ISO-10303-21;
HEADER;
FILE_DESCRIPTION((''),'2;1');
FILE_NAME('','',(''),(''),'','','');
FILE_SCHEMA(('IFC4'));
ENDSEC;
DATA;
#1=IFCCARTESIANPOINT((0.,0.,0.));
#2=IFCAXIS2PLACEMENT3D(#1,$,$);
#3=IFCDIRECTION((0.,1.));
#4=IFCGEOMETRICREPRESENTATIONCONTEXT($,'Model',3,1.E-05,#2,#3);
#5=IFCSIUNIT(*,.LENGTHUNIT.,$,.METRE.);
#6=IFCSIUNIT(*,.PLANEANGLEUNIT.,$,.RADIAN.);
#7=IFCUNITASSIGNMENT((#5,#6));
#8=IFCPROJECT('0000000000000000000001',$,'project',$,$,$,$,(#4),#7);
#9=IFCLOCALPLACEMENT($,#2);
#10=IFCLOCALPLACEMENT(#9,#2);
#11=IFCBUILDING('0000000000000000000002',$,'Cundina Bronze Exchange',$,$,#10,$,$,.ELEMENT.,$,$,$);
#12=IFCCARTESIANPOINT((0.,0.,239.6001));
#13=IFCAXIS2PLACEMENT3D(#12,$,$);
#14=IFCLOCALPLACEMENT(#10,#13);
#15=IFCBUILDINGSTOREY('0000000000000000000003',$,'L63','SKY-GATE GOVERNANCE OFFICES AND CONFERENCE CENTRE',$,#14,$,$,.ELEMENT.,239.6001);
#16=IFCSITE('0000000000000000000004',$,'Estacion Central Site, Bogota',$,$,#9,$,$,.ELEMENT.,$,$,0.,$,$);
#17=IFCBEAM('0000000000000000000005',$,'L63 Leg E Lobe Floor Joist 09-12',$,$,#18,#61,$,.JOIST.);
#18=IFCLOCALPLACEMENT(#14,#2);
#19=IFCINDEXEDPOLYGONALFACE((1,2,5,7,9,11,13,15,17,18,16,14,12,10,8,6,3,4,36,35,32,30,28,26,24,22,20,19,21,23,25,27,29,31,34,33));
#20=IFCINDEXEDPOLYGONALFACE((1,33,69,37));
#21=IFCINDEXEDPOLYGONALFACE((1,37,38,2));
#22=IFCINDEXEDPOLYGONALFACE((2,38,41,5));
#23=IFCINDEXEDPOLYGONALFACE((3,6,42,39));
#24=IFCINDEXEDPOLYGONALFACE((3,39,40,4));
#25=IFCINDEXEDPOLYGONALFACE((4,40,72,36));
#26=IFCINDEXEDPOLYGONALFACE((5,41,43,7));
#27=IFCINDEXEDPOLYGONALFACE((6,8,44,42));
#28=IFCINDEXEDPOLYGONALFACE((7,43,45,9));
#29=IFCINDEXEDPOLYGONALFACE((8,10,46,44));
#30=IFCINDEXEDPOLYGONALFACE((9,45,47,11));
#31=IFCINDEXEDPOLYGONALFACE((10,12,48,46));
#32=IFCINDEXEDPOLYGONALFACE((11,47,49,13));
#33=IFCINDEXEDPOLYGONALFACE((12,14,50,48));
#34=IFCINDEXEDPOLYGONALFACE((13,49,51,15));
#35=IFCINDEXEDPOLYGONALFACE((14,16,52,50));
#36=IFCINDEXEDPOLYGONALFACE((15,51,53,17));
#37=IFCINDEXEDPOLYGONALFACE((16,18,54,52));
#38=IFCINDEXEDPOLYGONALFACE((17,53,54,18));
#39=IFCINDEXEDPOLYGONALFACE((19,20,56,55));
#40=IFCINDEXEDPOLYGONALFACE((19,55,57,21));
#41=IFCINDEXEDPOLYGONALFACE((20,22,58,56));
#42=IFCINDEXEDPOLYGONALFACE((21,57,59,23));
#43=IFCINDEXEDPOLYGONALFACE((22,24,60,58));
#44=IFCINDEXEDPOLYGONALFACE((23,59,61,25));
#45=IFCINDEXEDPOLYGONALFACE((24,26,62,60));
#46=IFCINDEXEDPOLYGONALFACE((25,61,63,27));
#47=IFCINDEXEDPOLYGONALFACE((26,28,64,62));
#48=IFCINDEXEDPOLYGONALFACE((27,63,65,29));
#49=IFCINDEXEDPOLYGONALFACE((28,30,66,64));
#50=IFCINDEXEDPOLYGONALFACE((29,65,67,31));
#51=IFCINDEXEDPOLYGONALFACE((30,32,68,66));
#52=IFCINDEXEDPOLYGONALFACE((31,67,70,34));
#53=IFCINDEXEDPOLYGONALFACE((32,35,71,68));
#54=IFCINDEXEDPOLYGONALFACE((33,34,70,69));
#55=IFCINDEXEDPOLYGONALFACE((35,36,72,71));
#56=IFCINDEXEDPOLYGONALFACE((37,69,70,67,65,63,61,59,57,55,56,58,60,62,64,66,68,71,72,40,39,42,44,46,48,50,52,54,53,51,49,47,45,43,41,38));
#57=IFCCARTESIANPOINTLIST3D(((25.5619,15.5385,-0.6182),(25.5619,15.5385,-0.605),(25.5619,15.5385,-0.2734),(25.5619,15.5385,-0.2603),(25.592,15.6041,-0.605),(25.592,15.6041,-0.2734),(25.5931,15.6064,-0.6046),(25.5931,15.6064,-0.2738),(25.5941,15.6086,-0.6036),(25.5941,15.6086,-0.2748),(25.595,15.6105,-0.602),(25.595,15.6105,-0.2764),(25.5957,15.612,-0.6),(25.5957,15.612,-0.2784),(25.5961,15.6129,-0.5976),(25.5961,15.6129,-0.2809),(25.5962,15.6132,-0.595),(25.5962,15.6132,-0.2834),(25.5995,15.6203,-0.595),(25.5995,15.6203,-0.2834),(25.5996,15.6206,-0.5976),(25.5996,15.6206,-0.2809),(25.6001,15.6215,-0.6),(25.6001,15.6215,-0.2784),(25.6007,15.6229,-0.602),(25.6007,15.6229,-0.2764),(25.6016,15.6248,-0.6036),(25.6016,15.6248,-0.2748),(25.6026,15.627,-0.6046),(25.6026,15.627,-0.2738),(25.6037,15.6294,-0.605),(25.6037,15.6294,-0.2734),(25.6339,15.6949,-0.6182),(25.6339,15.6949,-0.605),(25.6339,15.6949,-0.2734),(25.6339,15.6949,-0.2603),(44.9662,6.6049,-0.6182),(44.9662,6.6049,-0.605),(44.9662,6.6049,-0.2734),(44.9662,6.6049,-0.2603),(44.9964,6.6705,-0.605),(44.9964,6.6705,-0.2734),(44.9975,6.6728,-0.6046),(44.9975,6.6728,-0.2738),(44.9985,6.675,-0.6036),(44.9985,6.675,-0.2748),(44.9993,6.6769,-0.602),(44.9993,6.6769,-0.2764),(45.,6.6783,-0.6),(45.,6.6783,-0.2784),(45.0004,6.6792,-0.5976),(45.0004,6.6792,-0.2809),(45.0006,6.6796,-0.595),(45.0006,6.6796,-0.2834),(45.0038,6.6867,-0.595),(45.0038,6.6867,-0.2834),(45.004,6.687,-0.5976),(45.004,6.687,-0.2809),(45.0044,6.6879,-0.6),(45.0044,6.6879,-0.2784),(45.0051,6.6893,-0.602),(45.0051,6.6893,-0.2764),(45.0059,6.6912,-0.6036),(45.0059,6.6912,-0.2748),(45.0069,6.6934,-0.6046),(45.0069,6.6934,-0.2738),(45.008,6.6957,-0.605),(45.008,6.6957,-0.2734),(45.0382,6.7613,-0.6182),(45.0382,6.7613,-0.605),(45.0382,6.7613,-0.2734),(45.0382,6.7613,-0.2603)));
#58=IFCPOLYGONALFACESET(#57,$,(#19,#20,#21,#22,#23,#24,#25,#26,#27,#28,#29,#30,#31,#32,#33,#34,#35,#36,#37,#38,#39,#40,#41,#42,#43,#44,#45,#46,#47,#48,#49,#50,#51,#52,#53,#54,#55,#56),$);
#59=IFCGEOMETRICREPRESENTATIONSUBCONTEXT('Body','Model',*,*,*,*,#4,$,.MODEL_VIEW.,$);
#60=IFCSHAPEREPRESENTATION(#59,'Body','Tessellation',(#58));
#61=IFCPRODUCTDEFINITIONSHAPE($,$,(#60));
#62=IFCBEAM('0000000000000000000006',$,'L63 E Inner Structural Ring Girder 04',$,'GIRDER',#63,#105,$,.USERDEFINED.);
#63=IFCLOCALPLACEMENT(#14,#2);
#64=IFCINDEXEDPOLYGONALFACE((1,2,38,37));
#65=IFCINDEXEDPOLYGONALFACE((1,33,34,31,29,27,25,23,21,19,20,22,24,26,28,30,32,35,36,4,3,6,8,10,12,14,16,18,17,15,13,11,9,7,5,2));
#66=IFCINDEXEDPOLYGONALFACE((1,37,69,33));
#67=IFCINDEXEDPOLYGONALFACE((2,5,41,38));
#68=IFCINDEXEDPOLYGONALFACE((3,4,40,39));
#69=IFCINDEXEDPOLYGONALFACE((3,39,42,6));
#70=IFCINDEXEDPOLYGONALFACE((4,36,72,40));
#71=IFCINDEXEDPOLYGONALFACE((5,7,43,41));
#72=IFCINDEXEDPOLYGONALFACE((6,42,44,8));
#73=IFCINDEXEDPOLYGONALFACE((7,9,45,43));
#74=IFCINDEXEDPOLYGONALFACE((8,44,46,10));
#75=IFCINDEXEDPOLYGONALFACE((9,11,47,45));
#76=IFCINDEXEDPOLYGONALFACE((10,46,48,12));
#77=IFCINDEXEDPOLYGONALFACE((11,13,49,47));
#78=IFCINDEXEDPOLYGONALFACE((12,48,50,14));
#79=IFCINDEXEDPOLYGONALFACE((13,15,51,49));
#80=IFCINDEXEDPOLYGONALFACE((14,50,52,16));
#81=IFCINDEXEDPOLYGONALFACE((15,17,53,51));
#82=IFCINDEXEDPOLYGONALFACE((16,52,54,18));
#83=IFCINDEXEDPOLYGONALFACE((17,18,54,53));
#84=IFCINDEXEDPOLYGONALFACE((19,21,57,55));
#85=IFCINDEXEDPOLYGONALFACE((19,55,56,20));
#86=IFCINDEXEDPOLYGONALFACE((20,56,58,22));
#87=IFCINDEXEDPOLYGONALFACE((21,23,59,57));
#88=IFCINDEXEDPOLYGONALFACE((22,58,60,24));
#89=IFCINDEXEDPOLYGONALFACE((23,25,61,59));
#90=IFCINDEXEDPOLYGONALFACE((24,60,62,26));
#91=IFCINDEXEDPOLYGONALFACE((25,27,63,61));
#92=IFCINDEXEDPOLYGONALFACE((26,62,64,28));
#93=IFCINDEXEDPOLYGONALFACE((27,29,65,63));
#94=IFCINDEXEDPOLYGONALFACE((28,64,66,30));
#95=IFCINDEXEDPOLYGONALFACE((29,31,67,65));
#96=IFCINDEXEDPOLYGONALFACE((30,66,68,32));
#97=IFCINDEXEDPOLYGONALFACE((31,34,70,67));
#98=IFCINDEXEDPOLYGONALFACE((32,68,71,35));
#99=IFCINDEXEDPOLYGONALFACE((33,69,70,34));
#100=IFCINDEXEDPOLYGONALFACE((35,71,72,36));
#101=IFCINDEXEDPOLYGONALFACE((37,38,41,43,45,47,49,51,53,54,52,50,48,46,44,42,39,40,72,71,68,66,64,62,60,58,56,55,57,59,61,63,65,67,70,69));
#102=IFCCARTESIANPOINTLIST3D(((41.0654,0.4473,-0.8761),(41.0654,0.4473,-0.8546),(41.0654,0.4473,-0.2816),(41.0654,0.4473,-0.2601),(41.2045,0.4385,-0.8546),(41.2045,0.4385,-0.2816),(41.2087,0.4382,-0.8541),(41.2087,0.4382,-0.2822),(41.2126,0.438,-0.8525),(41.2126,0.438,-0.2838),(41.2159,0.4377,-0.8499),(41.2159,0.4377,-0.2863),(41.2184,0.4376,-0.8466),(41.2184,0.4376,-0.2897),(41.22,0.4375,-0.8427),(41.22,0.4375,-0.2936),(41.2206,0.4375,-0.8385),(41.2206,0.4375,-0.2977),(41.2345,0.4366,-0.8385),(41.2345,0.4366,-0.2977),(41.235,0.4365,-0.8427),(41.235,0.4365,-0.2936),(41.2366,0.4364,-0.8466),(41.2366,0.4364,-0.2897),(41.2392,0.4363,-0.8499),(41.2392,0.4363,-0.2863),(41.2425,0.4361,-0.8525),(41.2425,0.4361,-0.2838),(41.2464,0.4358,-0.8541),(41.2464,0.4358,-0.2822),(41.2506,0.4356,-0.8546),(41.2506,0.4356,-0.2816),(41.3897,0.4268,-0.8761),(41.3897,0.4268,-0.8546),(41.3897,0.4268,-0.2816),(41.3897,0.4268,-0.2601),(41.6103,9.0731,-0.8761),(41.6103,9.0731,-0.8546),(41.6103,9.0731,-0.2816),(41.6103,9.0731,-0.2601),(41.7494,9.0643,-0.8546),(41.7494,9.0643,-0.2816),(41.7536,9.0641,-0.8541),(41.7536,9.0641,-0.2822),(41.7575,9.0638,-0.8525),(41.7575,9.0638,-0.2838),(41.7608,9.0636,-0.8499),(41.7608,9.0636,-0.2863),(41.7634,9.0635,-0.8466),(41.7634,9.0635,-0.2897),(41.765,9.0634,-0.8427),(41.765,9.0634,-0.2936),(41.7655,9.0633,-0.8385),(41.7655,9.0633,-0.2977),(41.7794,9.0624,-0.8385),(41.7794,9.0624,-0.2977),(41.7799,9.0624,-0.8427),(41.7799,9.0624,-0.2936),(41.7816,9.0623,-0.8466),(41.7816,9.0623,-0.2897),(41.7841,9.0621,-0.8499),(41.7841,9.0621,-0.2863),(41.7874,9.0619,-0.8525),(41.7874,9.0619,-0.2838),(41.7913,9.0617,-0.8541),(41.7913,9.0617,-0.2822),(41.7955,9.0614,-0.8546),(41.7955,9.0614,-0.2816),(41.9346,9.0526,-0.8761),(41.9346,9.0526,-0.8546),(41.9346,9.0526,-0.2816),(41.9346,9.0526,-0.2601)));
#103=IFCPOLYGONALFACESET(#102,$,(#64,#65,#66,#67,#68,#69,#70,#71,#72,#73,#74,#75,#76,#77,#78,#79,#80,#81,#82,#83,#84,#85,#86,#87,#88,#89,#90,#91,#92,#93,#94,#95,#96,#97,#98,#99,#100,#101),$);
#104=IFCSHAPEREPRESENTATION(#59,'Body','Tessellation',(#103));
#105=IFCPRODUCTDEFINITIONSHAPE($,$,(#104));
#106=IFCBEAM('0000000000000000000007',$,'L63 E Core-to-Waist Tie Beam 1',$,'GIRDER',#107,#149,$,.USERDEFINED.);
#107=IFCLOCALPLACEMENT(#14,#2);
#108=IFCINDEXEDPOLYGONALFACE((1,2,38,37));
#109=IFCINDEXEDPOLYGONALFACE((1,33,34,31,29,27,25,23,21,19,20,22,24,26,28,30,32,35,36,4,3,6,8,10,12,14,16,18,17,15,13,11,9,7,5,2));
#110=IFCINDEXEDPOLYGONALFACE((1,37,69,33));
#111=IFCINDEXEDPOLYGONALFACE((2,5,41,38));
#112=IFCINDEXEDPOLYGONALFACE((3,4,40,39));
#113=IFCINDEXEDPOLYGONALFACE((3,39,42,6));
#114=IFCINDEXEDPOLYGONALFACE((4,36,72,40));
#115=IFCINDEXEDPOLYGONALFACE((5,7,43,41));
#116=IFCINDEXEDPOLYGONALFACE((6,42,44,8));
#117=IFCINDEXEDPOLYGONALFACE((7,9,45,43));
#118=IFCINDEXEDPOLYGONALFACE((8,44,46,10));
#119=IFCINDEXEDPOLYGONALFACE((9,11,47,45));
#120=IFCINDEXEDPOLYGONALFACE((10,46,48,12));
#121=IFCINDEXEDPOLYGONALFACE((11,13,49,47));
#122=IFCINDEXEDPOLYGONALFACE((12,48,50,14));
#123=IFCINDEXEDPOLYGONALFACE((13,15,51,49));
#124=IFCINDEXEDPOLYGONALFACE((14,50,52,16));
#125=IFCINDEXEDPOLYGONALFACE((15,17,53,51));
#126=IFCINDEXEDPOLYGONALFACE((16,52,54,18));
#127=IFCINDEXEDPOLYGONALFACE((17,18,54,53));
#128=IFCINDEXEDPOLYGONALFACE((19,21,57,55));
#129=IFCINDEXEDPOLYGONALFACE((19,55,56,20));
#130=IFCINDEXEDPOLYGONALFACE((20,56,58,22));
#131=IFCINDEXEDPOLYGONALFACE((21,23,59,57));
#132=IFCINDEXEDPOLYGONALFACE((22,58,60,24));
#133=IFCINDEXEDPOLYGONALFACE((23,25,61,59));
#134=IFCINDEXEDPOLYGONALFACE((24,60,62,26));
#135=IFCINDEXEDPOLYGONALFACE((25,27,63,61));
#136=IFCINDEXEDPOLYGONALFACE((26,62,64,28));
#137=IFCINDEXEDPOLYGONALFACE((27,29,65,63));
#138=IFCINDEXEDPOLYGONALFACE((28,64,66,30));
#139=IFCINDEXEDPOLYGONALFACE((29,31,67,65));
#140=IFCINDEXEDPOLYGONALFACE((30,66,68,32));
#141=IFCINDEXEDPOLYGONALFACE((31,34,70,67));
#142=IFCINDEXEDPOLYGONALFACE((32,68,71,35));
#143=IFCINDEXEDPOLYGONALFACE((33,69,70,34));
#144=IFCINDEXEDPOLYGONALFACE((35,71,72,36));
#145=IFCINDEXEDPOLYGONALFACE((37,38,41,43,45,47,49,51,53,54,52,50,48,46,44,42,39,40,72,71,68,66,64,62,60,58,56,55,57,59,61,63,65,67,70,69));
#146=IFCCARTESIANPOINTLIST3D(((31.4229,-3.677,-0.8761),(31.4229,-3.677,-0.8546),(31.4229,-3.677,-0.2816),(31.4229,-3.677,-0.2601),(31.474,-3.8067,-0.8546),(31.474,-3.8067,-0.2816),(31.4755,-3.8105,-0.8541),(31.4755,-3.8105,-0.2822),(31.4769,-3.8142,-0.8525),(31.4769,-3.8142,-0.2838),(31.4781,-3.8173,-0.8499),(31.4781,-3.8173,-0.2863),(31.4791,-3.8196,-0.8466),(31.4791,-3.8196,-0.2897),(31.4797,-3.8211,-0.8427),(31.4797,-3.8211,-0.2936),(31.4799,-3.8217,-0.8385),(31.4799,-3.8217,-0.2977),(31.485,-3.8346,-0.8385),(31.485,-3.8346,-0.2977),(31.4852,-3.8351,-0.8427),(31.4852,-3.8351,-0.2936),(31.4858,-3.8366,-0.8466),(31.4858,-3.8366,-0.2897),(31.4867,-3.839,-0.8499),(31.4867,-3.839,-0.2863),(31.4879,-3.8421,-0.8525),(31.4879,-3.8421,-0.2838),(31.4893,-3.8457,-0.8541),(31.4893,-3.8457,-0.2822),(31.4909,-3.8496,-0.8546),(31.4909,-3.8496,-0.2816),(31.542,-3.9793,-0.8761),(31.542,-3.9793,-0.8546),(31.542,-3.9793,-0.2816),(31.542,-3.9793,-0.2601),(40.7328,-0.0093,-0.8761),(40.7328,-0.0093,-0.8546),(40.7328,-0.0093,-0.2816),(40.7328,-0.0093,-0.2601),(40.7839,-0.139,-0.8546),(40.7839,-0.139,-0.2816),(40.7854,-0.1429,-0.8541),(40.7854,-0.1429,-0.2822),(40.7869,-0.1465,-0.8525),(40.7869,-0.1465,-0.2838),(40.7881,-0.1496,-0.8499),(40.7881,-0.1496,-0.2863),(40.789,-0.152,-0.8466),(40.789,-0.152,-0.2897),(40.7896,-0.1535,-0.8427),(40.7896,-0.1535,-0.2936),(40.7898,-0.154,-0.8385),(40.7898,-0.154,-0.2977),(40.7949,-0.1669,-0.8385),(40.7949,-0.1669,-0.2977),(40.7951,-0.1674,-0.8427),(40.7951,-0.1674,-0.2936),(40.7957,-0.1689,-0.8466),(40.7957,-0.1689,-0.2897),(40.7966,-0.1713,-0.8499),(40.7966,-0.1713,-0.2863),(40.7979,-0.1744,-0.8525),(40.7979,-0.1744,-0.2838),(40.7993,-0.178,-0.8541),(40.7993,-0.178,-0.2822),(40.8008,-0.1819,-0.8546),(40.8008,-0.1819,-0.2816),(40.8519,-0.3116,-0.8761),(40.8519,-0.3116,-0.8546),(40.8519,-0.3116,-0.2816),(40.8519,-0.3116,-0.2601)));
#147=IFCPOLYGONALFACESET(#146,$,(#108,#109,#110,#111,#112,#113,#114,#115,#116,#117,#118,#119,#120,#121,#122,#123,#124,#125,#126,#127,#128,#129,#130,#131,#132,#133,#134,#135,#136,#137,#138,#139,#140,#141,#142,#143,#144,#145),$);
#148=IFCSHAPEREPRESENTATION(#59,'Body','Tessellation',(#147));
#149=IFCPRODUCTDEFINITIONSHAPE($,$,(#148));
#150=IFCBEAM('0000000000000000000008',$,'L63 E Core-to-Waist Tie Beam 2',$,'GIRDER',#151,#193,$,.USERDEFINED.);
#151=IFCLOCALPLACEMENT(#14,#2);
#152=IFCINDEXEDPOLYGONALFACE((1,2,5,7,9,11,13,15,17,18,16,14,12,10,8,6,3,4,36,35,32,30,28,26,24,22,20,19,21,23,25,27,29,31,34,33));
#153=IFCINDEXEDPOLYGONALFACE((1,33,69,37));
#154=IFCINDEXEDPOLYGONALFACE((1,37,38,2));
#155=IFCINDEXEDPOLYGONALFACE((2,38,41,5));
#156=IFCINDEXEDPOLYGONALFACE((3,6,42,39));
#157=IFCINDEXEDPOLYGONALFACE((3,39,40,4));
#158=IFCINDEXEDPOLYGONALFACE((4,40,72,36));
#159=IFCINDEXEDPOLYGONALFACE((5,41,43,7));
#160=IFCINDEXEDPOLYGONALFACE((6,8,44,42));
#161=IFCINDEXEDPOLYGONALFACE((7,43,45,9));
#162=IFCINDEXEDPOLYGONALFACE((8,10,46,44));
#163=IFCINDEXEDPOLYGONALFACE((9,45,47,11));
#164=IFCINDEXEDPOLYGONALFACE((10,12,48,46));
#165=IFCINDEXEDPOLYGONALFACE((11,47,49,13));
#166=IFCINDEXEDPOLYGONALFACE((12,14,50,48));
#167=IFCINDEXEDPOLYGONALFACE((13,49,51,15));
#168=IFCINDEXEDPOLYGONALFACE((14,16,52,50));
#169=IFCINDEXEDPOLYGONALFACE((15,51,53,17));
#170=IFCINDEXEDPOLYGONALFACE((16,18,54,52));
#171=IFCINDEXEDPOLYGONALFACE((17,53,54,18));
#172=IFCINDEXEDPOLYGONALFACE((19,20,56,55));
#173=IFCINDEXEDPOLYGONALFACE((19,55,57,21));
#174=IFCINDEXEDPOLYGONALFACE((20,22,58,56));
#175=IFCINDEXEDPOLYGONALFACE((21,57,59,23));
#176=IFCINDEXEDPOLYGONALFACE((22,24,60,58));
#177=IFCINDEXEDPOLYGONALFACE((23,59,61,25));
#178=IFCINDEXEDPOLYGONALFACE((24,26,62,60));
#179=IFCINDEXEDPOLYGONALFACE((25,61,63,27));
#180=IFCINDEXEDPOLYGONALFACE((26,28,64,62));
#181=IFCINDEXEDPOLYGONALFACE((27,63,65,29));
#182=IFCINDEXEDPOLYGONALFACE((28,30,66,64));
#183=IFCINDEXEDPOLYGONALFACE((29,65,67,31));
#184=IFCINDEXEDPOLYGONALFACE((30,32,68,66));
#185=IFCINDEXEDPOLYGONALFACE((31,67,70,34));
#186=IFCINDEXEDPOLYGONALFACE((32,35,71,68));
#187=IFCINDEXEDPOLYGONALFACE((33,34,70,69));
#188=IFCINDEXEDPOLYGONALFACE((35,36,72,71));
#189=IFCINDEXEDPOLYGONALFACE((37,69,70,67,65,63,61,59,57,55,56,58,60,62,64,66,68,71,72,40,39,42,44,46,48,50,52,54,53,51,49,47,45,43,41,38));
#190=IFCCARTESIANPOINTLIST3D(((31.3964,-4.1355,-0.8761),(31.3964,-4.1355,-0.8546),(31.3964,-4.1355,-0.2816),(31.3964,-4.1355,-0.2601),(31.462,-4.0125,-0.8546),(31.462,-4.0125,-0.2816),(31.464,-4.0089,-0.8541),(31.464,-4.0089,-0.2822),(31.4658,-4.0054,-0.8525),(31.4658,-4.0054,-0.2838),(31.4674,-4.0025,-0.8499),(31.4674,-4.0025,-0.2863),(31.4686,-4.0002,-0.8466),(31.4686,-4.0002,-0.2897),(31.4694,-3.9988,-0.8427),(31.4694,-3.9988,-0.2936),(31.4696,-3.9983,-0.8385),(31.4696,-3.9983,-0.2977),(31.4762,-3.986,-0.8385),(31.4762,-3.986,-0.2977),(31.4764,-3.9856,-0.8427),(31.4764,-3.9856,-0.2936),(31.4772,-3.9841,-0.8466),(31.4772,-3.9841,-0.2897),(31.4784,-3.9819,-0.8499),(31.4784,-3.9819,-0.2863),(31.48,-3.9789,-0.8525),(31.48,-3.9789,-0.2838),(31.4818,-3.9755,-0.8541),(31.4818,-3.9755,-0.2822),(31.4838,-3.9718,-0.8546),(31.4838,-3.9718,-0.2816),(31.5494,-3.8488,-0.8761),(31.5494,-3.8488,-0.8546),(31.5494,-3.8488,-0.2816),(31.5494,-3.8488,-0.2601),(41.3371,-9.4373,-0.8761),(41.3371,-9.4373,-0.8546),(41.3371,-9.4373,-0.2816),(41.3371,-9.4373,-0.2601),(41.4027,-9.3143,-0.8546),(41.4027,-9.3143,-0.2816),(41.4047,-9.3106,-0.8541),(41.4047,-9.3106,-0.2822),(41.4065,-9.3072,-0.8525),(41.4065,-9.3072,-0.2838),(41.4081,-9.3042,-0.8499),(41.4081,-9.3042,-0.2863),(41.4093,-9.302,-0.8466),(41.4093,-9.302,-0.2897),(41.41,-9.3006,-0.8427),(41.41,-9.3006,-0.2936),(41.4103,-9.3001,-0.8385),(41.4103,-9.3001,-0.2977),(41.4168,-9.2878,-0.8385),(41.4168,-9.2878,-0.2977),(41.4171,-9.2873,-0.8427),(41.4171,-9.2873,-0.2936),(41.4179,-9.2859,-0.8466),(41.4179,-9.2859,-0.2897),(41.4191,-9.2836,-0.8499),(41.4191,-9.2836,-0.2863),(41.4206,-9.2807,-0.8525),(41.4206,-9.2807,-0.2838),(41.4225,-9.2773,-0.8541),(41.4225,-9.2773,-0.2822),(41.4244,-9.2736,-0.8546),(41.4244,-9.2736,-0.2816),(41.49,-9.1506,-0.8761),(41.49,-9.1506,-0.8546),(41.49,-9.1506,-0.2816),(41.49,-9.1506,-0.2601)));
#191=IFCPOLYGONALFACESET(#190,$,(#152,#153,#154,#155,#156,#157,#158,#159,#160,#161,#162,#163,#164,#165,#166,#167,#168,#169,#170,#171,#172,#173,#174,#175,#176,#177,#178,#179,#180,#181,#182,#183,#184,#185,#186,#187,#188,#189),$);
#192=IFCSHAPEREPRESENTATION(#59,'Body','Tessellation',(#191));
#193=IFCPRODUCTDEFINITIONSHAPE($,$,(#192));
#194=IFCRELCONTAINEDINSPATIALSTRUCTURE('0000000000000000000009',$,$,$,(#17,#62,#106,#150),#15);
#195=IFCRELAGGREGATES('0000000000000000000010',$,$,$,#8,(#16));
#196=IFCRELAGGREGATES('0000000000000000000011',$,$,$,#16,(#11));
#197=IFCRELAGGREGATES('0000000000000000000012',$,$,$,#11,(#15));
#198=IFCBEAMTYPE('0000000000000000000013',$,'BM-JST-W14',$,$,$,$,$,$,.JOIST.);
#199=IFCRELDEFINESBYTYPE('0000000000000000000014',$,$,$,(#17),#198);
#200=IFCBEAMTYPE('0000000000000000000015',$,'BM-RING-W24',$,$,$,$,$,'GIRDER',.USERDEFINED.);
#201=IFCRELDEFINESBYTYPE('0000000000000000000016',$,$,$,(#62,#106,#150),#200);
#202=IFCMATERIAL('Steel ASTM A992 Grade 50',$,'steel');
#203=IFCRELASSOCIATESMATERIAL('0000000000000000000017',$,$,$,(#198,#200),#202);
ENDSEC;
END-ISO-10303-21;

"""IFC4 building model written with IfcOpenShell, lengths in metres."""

from ifc_helpers import new_model, si_unit, direction, frame, origin, origin_2d, place, context, subcontext, project, spatial, i_section, extrude, material, material_profile, profile_set, type_object, element, save


model = new_model("IFC4")

# Units and contexts
model_context = context("Model", 3, precision=1e-05, world=origin(), true_north=direction((0.0, 1.0)))
body_context = subcontext(model_context, "Body", "Model", "MODEL_VIEW")
ifc_project = project(units=[si_unit("LENGTHUNIT", "METRE"), si_unit("PLANEANGLEUNIT", "RADIAN")], contexts=[model_context])

# Site, building, storey
site_placement = place(None, origin())
site = spatial("IfcSite", under=ifc_project, at=site_placement, Name="Estacion Central Site, Bogota", CompositionType="ELEMENT", RefElevation=0.0)
building_placement = place(site_placement, origin())
building = spatial("IfcBuilding", under=site, at=building_placement, Name="Cundina Bronze Exchange", CompositionType="ELEMENT")
storey_placement = place(building_placement, frame((0.0, 0.0, 239.6001)))
storey = spatial("IfcBuildingStorey", under=building, at=storey_placement, Name="L63", Description="SKY-GATE GOVERNANCE OFFICES AND CONFERENCE CENTRE", CompositionType="ELEMENT", Elevation=239.6001)

# Shared definitions
ifc_material_1 = material(Name="Steel ASTM A992 Grade 50", Category="steel")

# Beams
ifc_material_profile_1 = material_profile(ifc_material_1, i_section(OverallWidth=0.1721, OverallDepth=0.3579, WebThickness=0.0078, FlangeThickness=0.0132, FilletRadius=0.01, at=origin_2d()), Name="W14X38", Category="steel")
ifc_profile_set_1 = profile_set([ifc_material_profile_1], Name="Steel ASTM A992 Grade 50")
beam_type_1 = type_object("IfcBeamType", Name="BM-JST-W14", PredefinedType="JOIST", material=ifc_profile_set_1)
beam_1_placement = place(storey_placement, frame((45.0022, 6.6831, -0.4392), z_axis=(-0.908355, 0.4182, 0.0), x_axis=(-0.4182, -0.908355, 0.0)))
element("IfcBeam", 1, at=beam_1_placement, inside=storey, type_object=beam_type_1, Name="L63 Leg E Lobe Floor Joist 09-12", PredefinedType="JOIST", context=body_context, shape_type="SweptSolid", body=[
    extrude(i_section(OverallWidth=0.1721, OverallDepth=0.3579, WebThickness=0.0078, FlangeThickness=0.0132, FilletRadius=0.01, at=origin_2d()), origin(), (0.0, 0.0, 1.0), 21.3621),
])
ifc_material_profile_2 = material_profile(ifc_material_1, i_section(OverallWidth=0.325, OverallDepth=0.616, WebThickness=0.0139, FlangeThickness=0.0215, FilletRadius=0.0161, at=origin_2d()), Name="W24X117", Category="steel")
ifc_profile_set_2 = profile_set([ifc_material_profile_2], Name="Steel ASTM A992 Grade 50")
beam_type_2 = type_object("IfcBeamType", Name="BM-RING-W24", ElementType="GIRDER", PredefinedType="USERDEFINED", material=ifc_profile_set_2)
beam_2_placement = place(storey_placement, frame((41.2275, 0.437, -0.5681), z_axis=(0.063047, 0.998011, 0.0), x_axis=(-0.998011, 0.063047, 0.0)))
element("IfcBeam", 2, at=beam_2_placement, inside=storey, type_object=beam_type_2, Name="L63 E Inner Structural Ring Girder 04", ObjectType="GIRDER", PredefinedType="USERDEFINED", context=body_context, shape_type="SweptSolid", body=[
    extrude(i_section(OverallWidth=0.325, OverallDepth=0.616, WebThickness=0.0139, FlangeThickness=0.0215, FilletRadius=0.0161, at=origin_2d()), origin(), (0.0, 0.0, 1.0), 8.6431),
])
beam_3_placement = place(storey_placement, frame((31.4824, -3.8281, -0.5681), z_axis=(0.930404, 0.366535, 0.0), x_axis=(-0.366535, 0.930404, 0.0)))
element("IfcBeam", 3, at=beam_3_placement, inside=storey, type_object=beam_type_2, Name="L63 E Core-to-Waist Tie Beam 1", ObjectType="GIRDER", PredefinedType="USERDEFINED", context=body_context, shape_type="SweptSolid", body=[
    extrude(i_section(OverallWidth=0.325, OverallDepth=0.616, WebThickness=0.0139, FlangeThickness=0.0215, FilletRadius=0.0161, at=origin_2d()), origin(), (0.0, 0.0, 1.0), 10.0063),
])
beam_4_placement = place(storey_placement, frame((31.4729, -3.9922, -0.5681), z_axis=(0.882351, -0.470593, 0.0), x_axis=(0.470593, 0.882351, 0.0)))
element("IfcBeam", 4, at=beam_4_placement, inside=storey, type_object=beam_type_2, Name="L63 E Core-to-Waist Tie Beam 2", ObjectType="GIRDER", PredefinedType="USERDEFINED", context=body_context, shape_type="SweptSolid", body=[
    extrude(i_section(OverallWidth=0.325, OverallDepth=0.616, WebThickness=0.0139, FlangeThickness=0.0215, FilletRadius=0.0161, at=origin_2d()), origin(), (0.0, 0.0, 1.0), 11.2661),
])

save(model, "model.ifc")
